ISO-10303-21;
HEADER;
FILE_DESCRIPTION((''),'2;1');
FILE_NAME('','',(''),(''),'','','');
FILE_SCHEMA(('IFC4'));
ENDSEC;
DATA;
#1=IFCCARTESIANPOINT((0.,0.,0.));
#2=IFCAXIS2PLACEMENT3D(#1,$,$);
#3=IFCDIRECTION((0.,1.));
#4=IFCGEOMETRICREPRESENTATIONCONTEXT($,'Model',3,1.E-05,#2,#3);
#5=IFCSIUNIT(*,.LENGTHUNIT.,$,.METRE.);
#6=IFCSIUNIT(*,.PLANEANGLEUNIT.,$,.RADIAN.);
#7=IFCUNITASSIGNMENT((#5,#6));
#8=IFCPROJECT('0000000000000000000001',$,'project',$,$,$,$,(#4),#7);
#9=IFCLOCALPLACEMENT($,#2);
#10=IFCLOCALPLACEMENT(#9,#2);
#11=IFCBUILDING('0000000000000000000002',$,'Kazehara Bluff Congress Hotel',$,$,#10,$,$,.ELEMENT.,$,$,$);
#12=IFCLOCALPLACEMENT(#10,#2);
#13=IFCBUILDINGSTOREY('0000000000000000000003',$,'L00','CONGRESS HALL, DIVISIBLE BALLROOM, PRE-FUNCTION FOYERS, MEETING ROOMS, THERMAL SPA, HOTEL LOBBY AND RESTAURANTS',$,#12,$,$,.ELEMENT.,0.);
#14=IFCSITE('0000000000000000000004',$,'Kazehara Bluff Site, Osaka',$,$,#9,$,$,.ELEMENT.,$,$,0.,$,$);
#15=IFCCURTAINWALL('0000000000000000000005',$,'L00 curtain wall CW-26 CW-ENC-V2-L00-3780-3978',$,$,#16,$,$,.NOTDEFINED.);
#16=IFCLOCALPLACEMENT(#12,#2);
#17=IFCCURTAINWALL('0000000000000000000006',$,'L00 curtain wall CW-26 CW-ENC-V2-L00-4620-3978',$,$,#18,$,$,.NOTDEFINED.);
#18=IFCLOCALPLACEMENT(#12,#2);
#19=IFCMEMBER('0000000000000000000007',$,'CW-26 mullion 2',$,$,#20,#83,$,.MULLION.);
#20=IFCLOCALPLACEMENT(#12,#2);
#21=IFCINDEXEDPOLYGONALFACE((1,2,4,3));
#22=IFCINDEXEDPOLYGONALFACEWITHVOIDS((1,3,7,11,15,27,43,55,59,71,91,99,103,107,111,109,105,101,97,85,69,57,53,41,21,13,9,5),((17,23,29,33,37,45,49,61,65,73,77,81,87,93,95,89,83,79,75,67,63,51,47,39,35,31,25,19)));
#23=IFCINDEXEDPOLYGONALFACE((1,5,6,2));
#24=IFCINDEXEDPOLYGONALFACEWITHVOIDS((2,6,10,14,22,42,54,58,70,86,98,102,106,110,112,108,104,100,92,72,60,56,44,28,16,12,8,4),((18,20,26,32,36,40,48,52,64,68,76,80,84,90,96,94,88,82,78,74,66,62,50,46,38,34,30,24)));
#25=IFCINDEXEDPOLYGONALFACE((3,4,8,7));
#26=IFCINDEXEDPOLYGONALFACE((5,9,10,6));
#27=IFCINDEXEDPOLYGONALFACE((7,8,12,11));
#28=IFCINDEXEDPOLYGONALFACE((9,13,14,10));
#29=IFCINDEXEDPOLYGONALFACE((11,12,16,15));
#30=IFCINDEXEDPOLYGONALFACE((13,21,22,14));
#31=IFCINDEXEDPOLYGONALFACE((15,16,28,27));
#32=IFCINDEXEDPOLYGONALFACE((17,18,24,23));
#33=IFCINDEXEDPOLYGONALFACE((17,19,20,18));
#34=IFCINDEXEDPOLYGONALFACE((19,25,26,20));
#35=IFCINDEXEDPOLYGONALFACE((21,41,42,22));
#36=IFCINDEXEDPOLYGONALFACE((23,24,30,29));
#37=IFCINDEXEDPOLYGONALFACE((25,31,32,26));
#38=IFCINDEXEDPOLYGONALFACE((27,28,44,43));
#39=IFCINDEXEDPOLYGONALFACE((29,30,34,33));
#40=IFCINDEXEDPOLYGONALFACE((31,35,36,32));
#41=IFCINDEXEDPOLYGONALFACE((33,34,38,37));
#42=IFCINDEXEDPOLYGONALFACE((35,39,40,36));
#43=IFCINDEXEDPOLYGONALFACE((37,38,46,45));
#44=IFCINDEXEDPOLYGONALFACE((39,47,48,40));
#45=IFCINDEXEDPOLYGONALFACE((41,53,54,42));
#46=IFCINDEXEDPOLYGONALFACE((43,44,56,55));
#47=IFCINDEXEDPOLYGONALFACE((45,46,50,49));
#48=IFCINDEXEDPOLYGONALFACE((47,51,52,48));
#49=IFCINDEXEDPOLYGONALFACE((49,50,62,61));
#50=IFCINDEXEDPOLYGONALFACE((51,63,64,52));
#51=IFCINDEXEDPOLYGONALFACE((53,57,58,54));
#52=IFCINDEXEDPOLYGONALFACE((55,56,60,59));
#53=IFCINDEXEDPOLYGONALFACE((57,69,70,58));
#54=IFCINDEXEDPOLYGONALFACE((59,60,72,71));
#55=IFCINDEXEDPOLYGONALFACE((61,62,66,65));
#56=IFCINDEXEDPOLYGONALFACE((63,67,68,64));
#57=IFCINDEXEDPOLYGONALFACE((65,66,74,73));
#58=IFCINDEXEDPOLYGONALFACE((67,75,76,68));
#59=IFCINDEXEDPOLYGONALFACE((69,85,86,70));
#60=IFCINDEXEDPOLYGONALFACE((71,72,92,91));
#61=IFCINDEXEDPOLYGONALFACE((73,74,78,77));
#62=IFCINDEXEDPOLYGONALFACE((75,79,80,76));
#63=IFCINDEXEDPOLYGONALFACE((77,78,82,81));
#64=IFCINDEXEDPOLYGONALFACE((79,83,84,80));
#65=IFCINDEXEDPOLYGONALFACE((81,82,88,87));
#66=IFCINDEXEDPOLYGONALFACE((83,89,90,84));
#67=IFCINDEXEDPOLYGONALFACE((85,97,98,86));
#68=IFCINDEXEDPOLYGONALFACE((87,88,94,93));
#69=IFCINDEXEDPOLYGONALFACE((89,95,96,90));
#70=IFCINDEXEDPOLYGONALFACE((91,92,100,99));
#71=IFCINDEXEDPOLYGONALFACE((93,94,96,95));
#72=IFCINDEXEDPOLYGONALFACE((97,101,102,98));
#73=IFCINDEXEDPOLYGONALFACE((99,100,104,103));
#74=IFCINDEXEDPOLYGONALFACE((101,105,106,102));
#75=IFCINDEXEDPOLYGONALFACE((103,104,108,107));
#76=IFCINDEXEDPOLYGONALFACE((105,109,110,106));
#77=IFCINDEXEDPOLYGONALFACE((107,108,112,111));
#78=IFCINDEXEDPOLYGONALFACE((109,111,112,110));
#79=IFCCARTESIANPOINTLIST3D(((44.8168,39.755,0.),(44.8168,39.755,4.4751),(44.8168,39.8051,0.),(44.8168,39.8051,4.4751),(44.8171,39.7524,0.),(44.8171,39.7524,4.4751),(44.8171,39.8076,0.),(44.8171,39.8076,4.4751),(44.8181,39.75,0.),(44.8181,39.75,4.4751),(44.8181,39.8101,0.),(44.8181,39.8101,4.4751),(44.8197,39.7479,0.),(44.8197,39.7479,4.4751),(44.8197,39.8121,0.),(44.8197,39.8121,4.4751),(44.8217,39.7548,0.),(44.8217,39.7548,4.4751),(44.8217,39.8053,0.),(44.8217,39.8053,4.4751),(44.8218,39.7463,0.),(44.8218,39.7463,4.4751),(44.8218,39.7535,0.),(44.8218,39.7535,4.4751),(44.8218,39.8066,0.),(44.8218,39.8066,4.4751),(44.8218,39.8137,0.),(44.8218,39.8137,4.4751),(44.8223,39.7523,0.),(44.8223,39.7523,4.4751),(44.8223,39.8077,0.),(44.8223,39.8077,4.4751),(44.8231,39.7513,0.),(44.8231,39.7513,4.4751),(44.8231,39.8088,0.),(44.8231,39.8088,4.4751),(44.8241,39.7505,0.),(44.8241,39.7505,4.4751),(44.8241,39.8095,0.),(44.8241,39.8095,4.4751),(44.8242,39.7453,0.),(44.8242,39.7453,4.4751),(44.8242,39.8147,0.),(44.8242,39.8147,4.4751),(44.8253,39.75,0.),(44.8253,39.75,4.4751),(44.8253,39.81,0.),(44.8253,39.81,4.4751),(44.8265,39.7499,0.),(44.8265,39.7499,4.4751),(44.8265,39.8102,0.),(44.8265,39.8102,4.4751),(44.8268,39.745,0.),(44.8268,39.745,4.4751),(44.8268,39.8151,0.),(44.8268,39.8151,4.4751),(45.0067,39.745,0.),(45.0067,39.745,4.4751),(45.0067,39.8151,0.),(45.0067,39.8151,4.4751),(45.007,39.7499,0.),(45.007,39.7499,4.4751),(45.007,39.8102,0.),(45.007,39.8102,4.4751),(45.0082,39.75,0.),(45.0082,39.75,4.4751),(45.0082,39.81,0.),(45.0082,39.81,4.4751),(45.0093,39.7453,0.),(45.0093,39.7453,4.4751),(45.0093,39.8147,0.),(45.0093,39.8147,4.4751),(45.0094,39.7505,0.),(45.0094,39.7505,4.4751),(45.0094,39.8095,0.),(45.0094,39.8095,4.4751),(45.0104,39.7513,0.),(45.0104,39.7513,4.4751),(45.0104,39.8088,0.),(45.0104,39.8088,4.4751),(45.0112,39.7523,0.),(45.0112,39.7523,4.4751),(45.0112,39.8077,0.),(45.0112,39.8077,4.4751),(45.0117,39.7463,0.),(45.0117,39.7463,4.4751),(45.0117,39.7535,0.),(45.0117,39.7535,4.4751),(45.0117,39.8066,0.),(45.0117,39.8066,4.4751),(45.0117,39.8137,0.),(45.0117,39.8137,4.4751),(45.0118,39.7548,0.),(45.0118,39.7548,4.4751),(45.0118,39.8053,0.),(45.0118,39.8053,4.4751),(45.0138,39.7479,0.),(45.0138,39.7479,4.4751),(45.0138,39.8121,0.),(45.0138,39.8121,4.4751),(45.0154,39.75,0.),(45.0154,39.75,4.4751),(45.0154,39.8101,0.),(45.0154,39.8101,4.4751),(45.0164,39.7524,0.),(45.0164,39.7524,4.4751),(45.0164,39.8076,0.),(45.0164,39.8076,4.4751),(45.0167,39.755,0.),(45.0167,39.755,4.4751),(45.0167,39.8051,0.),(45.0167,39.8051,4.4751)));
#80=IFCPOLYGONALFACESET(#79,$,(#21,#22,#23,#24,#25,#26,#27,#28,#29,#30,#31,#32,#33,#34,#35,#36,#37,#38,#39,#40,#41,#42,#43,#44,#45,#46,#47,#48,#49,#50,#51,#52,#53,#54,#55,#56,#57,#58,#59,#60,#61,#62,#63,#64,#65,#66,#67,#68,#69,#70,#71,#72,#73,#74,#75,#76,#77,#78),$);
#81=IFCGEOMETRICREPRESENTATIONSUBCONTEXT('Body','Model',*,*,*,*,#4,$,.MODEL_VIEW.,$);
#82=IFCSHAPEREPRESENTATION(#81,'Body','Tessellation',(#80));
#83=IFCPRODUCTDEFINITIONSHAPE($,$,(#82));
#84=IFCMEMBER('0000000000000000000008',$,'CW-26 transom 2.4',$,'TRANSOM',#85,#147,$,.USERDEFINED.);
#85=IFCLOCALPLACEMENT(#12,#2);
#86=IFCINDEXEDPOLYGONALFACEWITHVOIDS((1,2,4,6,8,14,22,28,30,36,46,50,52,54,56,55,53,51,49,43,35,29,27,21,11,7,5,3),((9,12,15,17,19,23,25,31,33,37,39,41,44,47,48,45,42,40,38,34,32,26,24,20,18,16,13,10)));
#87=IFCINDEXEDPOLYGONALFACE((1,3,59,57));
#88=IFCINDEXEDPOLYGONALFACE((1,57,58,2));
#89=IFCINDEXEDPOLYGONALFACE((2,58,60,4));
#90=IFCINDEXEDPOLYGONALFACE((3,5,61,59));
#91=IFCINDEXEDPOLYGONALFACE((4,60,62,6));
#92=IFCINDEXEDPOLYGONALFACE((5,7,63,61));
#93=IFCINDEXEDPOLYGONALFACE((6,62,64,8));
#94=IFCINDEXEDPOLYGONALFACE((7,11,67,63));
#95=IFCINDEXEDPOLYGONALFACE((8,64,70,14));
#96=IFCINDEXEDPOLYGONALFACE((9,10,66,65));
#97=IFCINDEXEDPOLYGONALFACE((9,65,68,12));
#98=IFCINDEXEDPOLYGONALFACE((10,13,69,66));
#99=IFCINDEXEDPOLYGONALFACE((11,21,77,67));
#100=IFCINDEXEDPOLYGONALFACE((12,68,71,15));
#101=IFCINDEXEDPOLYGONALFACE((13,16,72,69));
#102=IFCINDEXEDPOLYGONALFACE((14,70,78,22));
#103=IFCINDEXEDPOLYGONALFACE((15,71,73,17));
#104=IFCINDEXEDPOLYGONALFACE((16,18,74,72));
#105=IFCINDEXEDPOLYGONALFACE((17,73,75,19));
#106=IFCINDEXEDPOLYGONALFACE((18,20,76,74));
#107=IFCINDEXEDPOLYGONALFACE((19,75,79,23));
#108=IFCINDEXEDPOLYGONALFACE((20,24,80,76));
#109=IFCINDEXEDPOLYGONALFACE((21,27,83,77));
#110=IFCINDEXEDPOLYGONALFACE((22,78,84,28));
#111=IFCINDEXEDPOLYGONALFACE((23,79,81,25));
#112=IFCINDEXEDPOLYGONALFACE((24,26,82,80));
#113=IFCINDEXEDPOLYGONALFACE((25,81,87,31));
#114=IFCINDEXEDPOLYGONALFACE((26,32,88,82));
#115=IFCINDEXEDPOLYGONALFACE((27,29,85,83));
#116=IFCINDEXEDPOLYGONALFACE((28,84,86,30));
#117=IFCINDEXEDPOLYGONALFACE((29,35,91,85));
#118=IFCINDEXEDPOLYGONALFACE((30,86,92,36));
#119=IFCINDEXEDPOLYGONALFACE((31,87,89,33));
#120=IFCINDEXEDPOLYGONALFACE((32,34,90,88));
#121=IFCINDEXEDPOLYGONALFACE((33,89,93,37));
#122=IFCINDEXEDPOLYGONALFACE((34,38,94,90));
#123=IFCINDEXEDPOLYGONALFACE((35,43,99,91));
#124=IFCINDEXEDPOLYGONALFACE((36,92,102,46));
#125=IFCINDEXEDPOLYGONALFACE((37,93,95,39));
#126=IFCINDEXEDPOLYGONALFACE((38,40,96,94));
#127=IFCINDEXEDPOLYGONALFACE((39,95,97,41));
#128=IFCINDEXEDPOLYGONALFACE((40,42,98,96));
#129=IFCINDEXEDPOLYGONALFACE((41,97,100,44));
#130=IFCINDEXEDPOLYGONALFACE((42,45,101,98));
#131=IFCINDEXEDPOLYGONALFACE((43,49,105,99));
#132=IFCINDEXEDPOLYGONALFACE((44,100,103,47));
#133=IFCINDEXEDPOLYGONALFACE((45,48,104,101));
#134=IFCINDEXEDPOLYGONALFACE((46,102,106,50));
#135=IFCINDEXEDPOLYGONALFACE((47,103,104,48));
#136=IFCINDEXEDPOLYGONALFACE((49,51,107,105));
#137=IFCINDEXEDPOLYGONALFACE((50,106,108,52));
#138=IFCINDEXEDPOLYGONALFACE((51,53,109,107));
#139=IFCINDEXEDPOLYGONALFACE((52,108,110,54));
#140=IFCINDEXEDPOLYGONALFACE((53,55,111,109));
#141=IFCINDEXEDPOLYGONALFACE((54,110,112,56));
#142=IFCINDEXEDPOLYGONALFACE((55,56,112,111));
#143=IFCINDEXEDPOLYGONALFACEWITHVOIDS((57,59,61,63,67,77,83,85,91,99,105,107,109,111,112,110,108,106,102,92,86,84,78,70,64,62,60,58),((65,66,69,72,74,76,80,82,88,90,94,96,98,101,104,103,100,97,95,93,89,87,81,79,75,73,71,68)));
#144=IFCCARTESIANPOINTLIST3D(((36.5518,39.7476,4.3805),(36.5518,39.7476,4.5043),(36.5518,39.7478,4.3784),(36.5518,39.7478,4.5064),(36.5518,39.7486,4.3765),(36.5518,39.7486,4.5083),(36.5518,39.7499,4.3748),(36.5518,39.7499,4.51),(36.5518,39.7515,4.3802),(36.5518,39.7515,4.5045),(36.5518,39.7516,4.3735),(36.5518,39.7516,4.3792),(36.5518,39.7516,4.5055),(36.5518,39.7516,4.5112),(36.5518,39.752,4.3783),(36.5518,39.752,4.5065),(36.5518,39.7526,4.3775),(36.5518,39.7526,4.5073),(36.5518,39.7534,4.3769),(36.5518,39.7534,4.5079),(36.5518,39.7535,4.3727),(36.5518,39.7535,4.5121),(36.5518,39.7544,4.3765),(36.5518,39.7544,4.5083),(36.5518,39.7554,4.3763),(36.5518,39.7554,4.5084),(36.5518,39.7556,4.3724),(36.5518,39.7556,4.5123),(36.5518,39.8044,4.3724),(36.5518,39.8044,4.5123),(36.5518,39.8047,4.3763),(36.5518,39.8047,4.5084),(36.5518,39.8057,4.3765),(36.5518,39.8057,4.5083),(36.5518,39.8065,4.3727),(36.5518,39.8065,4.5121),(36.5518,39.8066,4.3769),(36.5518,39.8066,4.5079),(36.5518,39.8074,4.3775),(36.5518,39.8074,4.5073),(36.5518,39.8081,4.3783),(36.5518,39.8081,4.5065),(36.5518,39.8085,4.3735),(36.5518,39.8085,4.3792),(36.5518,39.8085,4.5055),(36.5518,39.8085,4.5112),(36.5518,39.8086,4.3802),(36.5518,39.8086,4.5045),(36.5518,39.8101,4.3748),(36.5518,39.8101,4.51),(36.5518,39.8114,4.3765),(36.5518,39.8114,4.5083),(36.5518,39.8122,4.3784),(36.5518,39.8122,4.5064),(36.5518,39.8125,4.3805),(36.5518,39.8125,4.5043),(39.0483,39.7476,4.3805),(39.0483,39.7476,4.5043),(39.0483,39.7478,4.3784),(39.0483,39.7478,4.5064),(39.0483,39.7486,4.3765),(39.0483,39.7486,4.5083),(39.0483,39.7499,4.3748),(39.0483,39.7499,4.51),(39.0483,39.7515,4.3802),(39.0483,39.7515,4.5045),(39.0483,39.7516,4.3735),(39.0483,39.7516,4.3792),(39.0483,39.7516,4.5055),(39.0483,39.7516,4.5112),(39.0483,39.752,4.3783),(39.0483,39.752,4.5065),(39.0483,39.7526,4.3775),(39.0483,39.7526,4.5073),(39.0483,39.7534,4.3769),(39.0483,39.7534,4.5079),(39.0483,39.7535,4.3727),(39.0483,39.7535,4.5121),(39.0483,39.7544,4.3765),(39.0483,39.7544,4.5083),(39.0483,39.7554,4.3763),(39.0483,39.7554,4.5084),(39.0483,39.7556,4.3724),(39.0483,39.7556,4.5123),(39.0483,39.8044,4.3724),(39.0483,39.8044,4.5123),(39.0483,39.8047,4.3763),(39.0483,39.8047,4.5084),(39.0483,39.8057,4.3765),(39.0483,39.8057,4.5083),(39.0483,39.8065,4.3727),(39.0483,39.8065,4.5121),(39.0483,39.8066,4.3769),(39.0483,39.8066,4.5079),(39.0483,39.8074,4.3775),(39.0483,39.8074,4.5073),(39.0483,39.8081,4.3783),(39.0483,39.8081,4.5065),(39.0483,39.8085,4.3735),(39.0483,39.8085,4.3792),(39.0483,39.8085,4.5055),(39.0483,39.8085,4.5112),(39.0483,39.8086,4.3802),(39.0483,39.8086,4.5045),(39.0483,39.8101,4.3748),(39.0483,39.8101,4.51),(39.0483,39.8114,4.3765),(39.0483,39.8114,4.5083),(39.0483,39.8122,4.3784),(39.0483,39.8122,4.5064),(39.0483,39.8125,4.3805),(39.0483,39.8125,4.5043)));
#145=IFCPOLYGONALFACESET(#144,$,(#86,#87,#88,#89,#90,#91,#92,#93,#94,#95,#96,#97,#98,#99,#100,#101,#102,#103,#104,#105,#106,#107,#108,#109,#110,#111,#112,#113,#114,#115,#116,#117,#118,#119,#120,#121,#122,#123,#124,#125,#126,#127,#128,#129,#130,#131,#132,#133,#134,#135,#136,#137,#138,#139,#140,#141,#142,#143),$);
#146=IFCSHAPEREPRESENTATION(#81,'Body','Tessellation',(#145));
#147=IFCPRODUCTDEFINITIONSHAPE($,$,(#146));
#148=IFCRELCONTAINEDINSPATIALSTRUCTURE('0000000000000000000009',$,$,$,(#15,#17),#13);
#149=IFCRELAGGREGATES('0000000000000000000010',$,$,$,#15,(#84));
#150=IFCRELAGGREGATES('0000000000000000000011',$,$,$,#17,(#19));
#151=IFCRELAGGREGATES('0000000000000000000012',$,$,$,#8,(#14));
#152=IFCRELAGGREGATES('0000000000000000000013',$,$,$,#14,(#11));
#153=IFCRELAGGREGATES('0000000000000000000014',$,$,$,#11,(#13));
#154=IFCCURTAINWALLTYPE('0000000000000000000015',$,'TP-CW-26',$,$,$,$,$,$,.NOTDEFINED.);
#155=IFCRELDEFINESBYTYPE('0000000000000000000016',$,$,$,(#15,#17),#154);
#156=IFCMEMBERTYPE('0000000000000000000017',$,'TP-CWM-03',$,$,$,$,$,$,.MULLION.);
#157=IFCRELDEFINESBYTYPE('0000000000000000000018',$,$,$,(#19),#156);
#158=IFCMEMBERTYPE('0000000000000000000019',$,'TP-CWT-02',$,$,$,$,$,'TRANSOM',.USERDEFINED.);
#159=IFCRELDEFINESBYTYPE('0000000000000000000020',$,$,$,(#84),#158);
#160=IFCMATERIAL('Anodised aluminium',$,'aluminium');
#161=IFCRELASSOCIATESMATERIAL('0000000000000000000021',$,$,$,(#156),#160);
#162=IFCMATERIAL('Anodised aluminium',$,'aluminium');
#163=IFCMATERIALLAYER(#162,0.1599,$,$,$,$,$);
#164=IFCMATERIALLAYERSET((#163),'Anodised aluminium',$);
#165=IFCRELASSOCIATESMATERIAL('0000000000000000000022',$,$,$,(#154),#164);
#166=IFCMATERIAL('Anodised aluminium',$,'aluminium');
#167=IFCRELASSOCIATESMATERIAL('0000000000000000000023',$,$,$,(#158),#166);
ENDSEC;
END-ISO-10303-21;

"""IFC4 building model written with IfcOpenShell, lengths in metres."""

from ifc_helpers import new_model, si_unit, direction, frame, origin, origin_2d, place, context, subcontext, project, spatial, hollow_rectangle, extrude, material, layer, layer_set, material_profile, profile_set, type_object, element, aggregate, save


model = new_model("IFC4")

# Units and contexts
model_context = context("Model", 3, precision=1e-05, world=origin(), true_north=direction((0.0, 1.0)))
body_context = subcontext(model_context, "Body", "Model", "MODEL_VIEW")
ifc_project = project(units=[si_unit("LENGTHUNIT", "METRE"), si_unit("PLANEANGLEUNIT", "RADIAN")], contexts=[model_context])

# Site, building, storey
site_placement = place(None, origin())
site = spatial("IfcSite", under=ifc_project, at=site_placement, Name="Kazehara Bluff Site, Osaka", CompositionType="ELEMENT", RefElevation=0.0)
building_placement = place(site_placement, origin())
building = spatial("IfcBuilding", under=site, at=building_placement, Name="Kazehara Bluff Congress Hotel", CompositionType="ELEMENT")
storey_placement = place(building_placement, origin())
storey = spatial("IfcBuildingStorey", under=building, at=storey_placement, Name="L00", Description="CONGRESS HALL, DIVISIBLE BALLROOM, PRE-FUNCTION FOYERS, MEETING ROOMS, THERMAL SPA, HOTEL LOBBY AND RESTAURANTS", CompositionType="ELEMENT", Elevation=0.0)

# Shared definitions
ifc_material_1 = material(Name="Anodised aluminium", Category="aluminium")
ifc_material_profile_1 = material_profile(ifc_material_1, hollow_rectangle(XDim=0.0701, YDim=0.2, WallThickness=0.0049, InnerFilletRadius=0.0049, OuterFilletRadius=0.01, at=origin_2d()))
ifc_profile_set_1 = profile_set([ifc_material_profile_1], Name="Anodised aluminium")
member_type_1 = type_object("IfcMemberType", Name="TP-CWM-03", PredefinedType="MULLION", material=ifc_profile_set_1)

# Curtain walls, member
ifc_material_2 = material(Name="Anodised aluminium", Category="aluminium")
ifc_layer_1 = layer(ifc_material_2, 0.1599)
ifc_layer_set_1 = layer_set([ifc_layer_1], Name="Anodised aluminium")
curtain_wall_type_1 = type_object("IfcCurtainWallType", Name="TP-CW-26", PredefinedType="NOTDEFINED", material=ifc_layer_set_1)
curtain_wall_1_placement = place(storey_placement, origin())
curtain_wall_1 = element("IfcCurtainWall", 1, at=curtain_wall_1_placement, inside=storey, type_object=curtain_wall_type_1, Name="L00 curtain wall CW-26 CW-ENC-V2-L00-3780-3978", PredefinedType="NOTDEFINED")
curtain_wall_2_placement = place(storey_placement, origin())
curtain_wall_2 = element("IfcCurtainWall", 2, at=curtain_wall_2_placement, inside=storey, type_object=curtain_wall_type_1, Name="L00 curtain wall CW-26 CW-ENC-V2-L00-4620-3978", PredefinedType="NOTDEFINED")
member_1_placement = place(storey_placement, frame((44.9167, 39.78, 0.0), z_axis=(0.0, 0.0, 1.0), x_axis=(0.0, 1.0, 0.0)))
member_1 = element("IfcMember", 3, at=member_1_placement, type_object=member_type_1, Name="CW-26 mullion 2", PredefinedType="MULLION", context=body_context, shape_type="SweptSolid", body=[
    extrude(hollow_rectangle(XDim=0.0701, YDim=0.2, WallThickness=0.0049, InnerFilletRadius=0.0049, OuterFilletRadius=0.01, at=origin_2d()), origin(), (0.0, 0.0, 1.0), 4.4751),
])

# Member
ifc_material_3 = material(Name="Anodised aluminium", Category="aluminium")
ifc_material_profile_2 = material_profile(ifc_material_3, hollow_rectangle(XDim=0.0649, YDim=0.1399, WallThickness=0.0039, InnerFilletRadius=0.0039, OuterFilletRadius=0.0081, at=origin_2d()))
ifc_profile_set_2 = profile_set([ifc_material_profile_2], Name="Anodised aluminium")
member_type_2 = type_object("IfcMemberType", Name="TP-CWT-02", ElementType="TRANSOM", PredefinedType="USERDEFINED", material=ifc_profile_set_2)
member_2_placement = place(storey_placement, frame((36.5518, 39.78, 4.4424), z_axis=(1.0, 0.0, 0.0), x_axis=(0.0, 1.0, 0.0)))
member_2 = element("IfcMember", 4, at=member_2_placement, type_object=member_type_2, Name="CW-26 transom 2.4", ObjectType="TRANSOM", PredefinedType="USERDEFINED", context=body_context, shape_type="SweptSolid", body=[
    extrude(hollow_rectangle(XDim=0.0649, YDim=0.1399, WallThickness=0.0039, InnerFilletRadius=0.0039, OuterFilletRadius=0.0081, at=origin_2d()), origin(), (0.0, 0.0, 1.0), 2.4966),
])

aggregate(curtain_wall_1, [member_2])
aggregate(curtain_wall_2, [member_1])

save(model, "model.ifc")
